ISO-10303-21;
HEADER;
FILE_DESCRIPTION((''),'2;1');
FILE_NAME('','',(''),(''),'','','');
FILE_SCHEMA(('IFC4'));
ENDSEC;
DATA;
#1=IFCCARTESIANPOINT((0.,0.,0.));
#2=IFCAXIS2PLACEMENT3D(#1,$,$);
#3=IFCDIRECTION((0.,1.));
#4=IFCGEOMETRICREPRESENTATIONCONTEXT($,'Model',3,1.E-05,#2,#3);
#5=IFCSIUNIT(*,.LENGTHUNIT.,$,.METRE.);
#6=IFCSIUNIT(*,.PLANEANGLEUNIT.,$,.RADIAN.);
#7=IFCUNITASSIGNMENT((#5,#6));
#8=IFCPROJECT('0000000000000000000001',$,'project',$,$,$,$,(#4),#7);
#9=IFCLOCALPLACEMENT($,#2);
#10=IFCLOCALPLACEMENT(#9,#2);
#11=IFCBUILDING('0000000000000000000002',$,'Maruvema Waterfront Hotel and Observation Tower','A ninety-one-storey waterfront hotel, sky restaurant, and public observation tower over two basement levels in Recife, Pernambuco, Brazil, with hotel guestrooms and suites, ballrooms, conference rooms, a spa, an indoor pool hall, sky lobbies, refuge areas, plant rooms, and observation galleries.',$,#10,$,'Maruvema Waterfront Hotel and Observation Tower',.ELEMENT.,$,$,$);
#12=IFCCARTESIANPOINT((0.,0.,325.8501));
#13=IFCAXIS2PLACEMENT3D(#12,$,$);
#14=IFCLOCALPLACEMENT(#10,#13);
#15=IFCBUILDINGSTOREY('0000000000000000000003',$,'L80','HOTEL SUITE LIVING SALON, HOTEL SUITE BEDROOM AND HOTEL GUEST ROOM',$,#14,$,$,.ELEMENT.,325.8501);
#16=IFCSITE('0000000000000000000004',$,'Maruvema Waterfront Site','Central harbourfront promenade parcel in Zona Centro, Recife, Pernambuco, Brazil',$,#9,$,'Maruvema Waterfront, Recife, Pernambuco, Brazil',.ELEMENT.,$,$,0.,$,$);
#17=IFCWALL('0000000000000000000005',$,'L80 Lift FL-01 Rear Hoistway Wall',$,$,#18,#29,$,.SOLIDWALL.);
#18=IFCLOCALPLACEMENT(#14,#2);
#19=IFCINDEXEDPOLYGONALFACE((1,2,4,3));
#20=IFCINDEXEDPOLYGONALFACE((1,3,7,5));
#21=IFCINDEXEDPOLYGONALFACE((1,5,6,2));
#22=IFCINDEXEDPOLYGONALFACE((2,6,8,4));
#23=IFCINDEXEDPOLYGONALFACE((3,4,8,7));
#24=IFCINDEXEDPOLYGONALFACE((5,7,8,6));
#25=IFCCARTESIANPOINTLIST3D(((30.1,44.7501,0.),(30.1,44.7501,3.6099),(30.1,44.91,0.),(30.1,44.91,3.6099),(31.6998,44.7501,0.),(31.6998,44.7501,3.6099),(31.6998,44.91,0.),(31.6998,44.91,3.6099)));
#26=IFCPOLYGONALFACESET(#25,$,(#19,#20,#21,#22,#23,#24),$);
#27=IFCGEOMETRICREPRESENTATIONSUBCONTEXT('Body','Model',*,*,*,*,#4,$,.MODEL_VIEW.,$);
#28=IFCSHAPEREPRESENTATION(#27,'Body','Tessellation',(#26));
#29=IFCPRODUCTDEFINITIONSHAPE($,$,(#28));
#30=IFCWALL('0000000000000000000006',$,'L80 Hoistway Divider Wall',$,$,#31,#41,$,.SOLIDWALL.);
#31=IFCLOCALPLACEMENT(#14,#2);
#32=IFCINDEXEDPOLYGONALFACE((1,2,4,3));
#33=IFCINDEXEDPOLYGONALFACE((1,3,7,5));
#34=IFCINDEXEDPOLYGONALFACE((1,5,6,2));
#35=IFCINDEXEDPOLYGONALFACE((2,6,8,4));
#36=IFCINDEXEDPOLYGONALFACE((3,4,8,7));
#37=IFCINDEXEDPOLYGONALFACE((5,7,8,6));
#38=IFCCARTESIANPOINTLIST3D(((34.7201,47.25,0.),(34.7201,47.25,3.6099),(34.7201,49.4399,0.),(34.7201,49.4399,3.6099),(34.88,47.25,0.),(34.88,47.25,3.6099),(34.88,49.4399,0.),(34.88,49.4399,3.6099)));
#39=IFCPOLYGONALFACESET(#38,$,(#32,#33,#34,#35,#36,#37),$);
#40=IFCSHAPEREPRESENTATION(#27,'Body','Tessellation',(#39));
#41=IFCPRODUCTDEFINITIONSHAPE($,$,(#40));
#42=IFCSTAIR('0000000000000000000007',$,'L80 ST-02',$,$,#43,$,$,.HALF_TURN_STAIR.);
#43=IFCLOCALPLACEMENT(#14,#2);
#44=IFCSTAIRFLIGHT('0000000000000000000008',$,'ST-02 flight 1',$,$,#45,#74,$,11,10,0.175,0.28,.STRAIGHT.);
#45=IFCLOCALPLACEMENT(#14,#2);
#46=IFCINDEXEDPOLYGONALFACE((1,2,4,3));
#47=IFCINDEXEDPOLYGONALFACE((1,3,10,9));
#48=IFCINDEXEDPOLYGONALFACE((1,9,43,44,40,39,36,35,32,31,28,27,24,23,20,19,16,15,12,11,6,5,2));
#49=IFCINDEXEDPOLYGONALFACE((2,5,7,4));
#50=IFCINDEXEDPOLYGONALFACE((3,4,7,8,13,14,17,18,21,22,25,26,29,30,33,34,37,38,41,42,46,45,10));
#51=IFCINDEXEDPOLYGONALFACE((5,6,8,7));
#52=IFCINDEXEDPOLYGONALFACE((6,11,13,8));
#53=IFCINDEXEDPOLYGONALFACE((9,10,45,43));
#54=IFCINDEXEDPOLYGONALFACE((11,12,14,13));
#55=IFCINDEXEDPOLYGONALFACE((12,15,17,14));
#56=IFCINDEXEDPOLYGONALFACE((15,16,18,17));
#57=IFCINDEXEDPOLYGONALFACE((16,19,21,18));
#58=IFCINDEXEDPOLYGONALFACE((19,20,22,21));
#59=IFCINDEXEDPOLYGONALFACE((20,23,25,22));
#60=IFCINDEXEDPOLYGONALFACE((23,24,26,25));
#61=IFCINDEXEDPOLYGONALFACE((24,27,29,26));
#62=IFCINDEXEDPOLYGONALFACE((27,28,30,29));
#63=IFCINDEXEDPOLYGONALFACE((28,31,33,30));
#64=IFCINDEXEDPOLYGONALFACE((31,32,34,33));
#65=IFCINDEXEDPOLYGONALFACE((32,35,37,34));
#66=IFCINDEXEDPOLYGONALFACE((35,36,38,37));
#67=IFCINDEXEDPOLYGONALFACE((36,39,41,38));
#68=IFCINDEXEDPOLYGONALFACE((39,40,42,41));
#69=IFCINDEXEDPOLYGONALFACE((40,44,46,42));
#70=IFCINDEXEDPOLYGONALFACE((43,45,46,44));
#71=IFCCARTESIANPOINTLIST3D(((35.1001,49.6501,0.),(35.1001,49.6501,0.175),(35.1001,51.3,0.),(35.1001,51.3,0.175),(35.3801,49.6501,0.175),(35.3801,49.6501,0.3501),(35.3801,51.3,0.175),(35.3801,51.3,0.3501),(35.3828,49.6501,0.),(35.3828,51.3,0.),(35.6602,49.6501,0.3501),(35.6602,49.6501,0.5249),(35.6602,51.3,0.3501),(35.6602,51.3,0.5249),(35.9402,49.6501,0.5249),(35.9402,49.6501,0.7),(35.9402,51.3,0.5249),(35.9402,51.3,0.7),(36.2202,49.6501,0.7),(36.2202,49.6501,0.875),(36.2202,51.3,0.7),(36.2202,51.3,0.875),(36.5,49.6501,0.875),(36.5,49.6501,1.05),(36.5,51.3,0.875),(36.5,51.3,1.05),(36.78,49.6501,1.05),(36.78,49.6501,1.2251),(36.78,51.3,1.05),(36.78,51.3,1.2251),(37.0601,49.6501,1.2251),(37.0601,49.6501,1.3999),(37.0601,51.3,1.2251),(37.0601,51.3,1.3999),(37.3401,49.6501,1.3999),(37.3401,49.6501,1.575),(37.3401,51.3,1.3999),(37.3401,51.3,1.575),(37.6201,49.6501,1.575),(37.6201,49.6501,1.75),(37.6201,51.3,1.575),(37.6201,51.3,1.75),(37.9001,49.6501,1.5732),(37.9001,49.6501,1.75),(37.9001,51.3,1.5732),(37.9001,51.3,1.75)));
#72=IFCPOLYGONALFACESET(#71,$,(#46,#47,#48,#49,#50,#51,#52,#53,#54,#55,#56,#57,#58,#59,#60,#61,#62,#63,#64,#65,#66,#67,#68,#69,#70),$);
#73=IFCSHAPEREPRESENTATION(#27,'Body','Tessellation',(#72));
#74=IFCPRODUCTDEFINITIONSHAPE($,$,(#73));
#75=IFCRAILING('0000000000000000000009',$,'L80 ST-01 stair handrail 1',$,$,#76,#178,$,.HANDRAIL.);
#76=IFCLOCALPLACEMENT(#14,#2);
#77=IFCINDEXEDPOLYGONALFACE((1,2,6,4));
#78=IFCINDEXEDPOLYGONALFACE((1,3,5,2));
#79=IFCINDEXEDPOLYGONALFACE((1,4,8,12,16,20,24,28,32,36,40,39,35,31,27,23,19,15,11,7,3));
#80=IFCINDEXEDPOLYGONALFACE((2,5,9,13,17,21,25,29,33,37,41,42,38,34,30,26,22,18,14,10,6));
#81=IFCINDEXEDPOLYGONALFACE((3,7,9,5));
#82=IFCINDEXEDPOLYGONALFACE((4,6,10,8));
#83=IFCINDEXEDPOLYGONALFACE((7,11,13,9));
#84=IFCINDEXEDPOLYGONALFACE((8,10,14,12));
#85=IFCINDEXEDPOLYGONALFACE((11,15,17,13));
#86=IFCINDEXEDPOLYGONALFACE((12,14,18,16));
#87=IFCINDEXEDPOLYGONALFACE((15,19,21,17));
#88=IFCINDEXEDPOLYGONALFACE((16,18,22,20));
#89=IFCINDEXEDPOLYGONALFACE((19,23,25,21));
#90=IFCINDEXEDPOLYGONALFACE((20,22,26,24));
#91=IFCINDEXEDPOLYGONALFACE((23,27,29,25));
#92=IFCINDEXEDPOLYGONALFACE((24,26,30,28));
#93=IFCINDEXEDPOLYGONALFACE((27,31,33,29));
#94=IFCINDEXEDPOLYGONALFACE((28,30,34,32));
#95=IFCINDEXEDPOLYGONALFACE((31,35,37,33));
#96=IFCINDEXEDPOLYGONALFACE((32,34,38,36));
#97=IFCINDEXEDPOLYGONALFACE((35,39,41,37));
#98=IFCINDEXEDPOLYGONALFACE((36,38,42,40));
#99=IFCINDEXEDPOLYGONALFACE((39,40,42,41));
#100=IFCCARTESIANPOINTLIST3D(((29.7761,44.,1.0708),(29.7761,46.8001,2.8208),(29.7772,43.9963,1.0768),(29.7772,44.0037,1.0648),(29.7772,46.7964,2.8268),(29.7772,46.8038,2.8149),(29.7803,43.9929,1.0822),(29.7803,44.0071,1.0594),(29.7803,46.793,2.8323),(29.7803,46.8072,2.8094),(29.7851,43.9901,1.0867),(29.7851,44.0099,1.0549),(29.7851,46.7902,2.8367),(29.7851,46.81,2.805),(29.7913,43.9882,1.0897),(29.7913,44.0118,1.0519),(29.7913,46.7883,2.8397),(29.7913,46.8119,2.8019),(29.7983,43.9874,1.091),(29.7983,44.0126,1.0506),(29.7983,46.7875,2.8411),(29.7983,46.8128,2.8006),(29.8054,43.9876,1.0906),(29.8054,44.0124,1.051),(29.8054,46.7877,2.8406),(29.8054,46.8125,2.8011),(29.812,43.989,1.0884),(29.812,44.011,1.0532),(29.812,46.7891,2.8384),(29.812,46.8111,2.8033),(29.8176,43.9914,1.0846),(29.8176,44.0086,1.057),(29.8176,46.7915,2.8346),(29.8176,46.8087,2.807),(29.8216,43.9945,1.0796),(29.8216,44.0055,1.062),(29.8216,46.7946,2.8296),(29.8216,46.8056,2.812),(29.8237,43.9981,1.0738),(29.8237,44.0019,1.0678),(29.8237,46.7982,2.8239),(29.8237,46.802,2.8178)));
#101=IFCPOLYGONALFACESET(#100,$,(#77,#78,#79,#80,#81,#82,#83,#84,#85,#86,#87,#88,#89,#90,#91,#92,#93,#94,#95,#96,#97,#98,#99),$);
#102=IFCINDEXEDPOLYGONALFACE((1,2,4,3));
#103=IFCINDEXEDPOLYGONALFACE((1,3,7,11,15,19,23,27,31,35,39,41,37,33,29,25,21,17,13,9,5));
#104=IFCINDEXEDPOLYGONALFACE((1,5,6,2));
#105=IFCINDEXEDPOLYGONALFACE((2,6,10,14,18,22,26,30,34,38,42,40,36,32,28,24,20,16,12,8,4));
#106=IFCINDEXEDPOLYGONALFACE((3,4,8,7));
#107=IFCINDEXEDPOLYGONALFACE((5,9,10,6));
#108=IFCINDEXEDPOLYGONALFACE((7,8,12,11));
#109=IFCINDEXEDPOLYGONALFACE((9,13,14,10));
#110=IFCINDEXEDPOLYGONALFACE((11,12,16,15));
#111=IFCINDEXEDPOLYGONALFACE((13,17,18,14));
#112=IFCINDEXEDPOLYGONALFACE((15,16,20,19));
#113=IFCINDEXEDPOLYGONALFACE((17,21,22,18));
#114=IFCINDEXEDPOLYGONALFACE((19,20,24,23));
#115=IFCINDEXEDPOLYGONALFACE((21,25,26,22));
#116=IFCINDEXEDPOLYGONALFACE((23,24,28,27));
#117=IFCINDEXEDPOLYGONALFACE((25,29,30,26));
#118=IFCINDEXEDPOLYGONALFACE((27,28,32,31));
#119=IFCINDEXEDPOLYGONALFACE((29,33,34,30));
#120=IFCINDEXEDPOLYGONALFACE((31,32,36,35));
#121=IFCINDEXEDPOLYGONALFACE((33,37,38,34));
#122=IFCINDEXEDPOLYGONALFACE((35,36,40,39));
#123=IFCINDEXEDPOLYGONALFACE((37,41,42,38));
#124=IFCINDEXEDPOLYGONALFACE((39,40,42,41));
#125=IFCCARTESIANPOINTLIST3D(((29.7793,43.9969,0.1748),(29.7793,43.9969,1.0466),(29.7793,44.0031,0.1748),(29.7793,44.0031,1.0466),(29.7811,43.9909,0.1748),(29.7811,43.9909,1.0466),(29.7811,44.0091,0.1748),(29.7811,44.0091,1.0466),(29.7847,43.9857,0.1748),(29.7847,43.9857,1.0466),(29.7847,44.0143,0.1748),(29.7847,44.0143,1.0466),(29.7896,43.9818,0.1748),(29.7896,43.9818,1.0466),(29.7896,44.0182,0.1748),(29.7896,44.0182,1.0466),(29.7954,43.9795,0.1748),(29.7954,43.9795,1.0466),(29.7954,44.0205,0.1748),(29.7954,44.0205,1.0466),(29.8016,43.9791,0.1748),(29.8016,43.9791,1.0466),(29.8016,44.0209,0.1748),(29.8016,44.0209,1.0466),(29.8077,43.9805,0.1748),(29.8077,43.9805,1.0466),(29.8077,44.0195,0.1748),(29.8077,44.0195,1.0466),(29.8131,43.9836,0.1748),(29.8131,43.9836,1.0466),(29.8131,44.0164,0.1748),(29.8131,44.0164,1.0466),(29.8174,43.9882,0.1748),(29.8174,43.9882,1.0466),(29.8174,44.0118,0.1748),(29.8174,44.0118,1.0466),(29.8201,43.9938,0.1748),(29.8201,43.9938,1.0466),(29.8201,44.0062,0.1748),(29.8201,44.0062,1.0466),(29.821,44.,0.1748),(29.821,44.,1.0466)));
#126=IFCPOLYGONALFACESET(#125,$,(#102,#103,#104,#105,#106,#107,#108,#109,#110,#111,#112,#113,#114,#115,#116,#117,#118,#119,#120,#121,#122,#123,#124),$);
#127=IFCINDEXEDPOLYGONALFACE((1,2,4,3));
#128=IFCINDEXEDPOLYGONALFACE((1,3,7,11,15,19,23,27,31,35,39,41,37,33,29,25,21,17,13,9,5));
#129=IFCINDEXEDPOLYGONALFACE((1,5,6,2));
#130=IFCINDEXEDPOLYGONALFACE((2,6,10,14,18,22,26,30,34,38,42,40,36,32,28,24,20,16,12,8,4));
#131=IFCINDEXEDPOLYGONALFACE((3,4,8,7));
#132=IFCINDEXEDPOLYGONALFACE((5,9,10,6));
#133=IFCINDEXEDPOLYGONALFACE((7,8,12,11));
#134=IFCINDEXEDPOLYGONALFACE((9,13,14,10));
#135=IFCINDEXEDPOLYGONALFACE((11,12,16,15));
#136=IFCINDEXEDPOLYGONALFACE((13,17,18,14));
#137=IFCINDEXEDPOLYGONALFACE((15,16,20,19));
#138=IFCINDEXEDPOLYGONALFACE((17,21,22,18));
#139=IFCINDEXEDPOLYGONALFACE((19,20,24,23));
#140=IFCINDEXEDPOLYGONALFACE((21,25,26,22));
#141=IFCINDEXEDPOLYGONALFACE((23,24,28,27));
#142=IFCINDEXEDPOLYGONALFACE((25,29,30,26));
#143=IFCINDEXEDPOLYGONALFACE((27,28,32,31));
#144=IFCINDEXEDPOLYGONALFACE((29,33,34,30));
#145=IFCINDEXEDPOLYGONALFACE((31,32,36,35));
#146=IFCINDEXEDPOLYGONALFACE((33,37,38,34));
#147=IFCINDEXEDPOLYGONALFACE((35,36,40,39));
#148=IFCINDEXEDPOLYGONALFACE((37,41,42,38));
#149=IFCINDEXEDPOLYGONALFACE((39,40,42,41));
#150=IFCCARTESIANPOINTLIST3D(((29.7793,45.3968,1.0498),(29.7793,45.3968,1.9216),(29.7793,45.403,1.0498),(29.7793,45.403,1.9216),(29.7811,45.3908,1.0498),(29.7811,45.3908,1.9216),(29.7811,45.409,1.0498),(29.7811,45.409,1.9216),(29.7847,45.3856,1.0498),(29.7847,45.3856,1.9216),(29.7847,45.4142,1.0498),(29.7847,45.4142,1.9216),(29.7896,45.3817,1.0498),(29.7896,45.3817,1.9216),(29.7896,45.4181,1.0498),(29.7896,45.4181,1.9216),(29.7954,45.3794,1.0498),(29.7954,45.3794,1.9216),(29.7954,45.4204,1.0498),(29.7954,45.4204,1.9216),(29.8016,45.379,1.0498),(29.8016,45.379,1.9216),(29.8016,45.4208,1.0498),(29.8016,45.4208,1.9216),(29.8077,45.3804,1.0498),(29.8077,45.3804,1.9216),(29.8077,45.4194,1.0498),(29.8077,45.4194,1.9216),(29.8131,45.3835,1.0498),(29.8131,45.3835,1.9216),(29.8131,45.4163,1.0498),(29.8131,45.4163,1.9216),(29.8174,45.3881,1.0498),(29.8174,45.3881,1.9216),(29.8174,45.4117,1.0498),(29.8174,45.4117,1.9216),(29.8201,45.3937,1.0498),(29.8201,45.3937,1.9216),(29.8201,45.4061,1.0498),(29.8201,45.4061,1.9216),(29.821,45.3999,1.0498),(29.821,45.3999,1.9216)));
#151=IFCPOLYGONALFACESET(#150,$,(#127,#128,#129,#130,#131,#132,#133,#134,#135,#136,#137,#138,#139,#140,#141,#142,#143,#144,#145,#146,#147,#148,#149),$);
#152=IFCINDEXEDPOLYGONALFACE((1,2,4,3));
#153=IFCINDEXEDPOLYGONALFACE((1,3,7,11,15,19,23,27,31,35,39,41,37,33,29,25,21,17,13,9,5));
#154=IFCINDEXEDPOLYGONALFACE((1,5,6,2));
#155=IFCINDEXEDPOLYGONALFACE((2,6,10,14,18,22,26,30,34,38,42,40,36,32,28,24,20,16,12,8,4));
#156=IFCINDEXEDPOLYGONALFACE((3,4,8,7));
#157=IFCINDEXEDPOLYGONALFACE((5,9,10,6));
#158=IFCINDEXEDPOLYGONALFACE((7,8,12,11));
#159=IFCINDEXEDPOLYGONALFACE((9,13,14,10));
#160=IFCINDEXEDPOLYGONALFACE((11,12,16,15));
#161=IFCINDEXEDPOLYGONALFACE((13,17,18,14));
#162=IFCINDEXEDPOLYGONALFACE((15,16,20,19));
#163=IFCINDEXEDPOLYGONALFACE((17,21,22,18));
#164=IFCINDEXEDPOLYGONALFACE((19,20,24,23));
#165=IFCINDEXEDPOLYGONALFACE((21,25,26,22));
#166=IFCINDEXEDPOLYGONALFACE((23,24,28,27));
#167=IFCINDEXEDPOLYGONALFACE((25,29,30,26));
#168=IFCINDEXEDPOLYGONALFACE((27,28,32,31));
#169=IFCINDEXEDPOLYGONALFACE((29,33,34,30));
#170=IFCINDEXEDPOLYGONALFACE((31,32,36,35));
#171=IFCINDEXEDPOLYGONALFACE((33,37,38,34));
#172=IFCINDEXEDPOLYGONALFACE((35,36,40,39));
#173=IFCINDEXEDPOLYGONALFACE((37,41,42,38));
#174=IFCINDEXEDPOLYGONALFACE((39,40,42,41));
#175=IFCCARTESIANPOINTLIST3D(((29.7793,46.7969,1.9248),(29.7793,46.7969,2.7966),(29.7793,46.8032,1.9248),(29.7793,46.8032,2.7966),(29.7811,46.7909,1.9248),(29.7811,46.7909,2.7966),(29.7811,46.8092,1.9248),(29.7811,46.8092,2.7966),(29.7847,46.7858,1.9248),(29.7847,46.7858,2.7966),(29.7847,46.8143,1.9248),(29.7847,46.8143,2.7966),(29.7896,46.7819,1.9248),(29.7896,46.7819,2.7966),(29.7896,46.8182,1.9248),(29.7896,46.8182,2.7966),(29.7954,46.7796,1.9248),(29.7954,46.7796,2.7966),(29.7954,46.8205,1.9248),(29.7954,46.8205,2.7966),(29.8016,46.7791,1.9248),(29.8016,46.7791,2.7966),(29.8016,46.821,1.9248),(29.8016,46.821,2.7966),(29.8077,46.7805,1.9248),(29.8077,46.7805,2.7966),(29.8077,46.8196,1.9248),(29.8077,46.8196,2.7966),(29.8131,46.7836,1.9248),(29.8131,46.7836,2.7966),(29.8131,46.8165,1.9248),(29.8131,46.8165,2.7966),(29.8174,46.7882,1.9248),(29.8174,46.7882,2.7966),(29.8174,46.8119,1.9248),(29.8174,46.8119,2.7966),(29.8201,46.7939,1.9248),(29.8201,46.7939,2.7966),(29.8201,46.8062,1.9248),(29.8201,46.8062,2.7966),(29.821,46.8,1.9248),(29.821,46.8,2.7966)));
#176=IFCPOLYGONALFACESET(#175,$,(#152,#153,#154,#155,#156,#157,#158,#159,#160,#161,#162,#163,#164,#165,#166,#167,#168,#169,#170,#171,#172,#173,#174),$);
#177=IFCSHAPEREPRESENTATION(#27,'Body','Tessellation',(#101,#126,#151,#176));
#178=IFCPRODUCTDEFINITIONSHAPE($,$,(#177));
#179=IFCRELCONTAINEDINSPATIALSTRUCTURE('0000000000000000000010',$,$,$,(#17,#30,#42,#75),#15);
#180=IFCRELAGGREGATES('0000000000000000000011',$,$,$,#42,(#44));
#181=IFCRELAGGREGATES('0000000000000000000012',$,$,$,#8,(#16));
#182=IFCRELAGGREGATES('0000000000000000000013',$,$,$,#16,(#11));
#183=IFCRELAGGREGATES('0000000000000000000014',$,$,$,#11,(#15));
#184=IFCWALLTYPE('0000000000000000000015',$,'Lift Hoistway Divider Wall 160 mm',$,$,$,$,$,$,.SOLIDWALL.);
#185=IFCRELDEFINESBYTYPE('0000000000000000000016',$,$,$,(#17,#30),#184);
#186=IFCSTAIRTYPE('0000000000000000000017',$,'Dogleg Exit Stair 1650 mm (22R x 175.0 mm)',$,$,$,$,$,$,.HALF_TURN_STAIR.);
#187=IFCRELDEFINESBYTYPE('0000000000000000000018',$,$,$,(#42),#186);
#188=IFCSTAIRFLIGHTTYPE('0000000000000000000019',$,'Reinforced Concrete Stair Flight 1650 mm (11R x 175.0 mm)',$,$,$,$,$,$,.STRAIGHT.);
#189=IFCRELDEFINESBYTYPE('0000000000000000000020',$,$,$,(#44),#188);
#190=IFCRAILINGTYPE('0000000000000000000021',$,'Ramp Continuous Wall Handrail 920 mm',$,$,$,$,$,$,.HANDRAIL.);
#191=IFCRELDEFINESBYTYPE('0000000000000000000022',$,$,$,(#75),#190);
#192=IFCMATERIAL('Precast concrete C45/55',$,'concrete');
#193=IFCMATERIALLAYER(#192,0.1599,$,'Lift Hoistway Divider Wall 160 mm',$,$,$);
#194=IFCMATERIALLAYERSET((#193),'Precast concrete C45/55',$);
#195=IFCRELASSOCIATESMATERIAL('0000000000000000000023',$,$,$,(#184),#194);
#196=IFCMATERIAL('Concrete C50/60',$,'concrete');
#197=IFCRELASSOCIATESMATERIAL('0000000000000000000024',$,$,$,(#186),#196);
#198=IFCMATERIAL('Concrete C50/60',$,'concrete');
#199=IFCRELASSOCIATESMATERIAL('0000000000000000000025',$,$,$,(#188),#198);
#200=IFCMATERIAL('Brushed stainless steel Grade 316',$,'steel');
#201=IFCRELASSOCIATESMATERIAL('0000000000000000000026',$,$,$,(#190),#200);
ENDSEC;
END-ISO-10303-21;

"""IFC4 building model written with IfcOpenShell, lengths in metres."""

from ifc_helpers import new_model, si_unit, direction, frame, frame_2d, origin, origin_2d, place, context, subcontext, project, spatial, polyline, rectangle, circle, outline, extrude, material, layer, layer_set, type_object, element, aggregate, save


model = new_model("IFC4")

# Units and contexts
model_context = context("Model", 3, precision=1e-05, world=origin(), true_north=direction((0.0, 1.0)))
body_context = subcontext(model_context, "Body", "Model", "MODEL_VIEW")
ifc_project = project(units=[si_unit("LENGTHUNIT", "METRE"), si_unit("PLANEANGLEUNIT", "RADIAN")], contexts=[model_context])

# Site, building, storey
site_placement = place(None, origin())
site = spatial("IfcSite", under=ifc_project, at=site_placement, Name="Maruvema Waterfront Site", Description="Central harbourfront promenade parcel in Zona Centro, Recife, Pernambuco, Brazil", LongName="Maruvema Waterfront, Recife, Pernambuco, Brazil", CompositionType="ELEMENT", RefElevation=0.0)
building_placement = place(site_placement, origin())
building = spatial("IfcBuilding", under=site, at=building_placement, Name="Maruvema Waterfront Hotel and Observation Tower", Description="A ninety-one-storey waterfront hotel, sky restaurant, and public observation tower over two basement levels in Recife, Pernambuco, Brazil, with hotel guestrooms and suites, ballrooms, conference rooms, a spa, an indoor pool hall, sky lobbies, refuge areas, plant rooms, and observation galleries.", LongName="Maruvema Waterfront Hotel and Observation Tower", CompositionType="ELEMENT")
storey_placement = place(building_placement, frame((0.0, 0.0, 325.8501)))
storey = spatial("IfcBuildingStorey", under=building, at=storey_placement, Name="L80", Description="HOTEL SUITE LIVING SALON, HOTEL SUITE BEDROOM AND HOTEL GUEST ROOM", CompositionType="ELEMENT", Elevation=325.8501)

# Walls
ifc_material_1 = material(Name="Precast concrete C45/55", Category="concrete")
ifc_layer_1 = layer(ifc_material_1, 0.1599, Name="Lift Hoistway Divider Wall 160 mm")
ifc_layer_set_1 = layer_set([ifc_layer_1], Name="Precast concrete C45/55")
wall_type_1 = type_object("IfcWallType", Name="Lift Hoistway Divider Wall 160 mm", PredefinedType="SOLIDWALL", material=ifc_layer_set_1)
wall_1_placement = place(storey_placement, frame((30.1001, 44.8301, 0.0), z_axis=(0.0, 0.0, 1.0), x_axis=(1.0, 0.0, 0.0)))
element("IfcWall", 1, at=wall_1_placement, inside=storey, type_object=wall_type_1, Name="L80 Lift FL-01 Rear Hoistway Wall", PredefinedType="SOLIDWALL", context=body_context, shape_type="SweptSolid", body=[
    extrude(rectangle(XDim=1.5999, YDim=0.1599, at=frame_2d((0.7998, 0.0))), origin(), (0.0, 0.0, 1.0), 3.6099),
])
wall_2_placement = place(storey_placement, frame((34.8, 47.25, 0.0), z_axis=(0.0, 0.0, 1.0), x_axis=(0.0, 1.0, 0.0)))
element("IfcWall", 2, at=wall_2_placement, inside=storey, type_object=wall_type_1, Name="L80 Hoistway Divider Wall", PredefinedType="SOLIDWALL", context=body_context, shape_type="SweptSolid", body=[
    extrude(rectangle(XDim=2.1899, YDim=0.1599, at=frame_2d((1.095, 0.0))), origin(), (0.0, 0.0, 1.0), 3.6099),
])

# Stair, stair flight
ifc_material_2 = material(Name="Concrete C50/60", Category="concrete")
stair_type = type_object("IfcStairType", Name="Dogleg Exit Stair 1650 mm (22R x 175.0 mm)", PredefinedType="HALF_TURN_STAIR", material=ifc_material_2)
stair_placement = place(storey_placement, origin())
stair = element("IfcStair", 3, at=stair_placement, inside=storey, type_object=stair_type, Name="L80 ST-02", PredefinedType="HALF_TURN_STAIR")
ifc_material_3 = material(Name="Concrete C50/60", Category="concrete")
stair_flight_type = type_object("IfcStairFlightType", Name="Reinforced Concrete Stair Flight 1650 mm (11R x 175.0 mm)", PredefinedType="STRAIGHT", material=ifc_material_3)
stair_flight_placement = place(storey_placement, frame((35.1001, 50.4751, 0.0), z_axis=(0.0, 0.0, 1.0), x_axis=(1.0, 0.0, 0.0)))
stair_flight = element("IfcStairFlight", 4, at=stair_flight_placement, type_object=stair_flight_type, Name="ST-02 flight 1", NumberOfRisers=11, NumberOfTreads=10, PredefinedType="STRAIGHT", RiserHeight=0.175, TreadLength=0.28, context=body_context, shape_type="SweptSolid", body=[
    extrude(outline(polyline([(0.0, 0.0), (0.0, 0.175), (0.28, 0.175), (0.28, 0.3501), (0.5601, 0.3501), (0.5601, 0.5249), (0.8401, 0.5249), (0.8401, 0.7), (1.1201, 0.7), (1.1201, 0.875), (1.3999, 0.875), (1.3999, 1.05), (1.6799, 1.05), (1.6799, 1.2251), (1.96, 1.2251), (1.96, 1.3999), (2.24, 1.3999), (2.24, 1.575), (2.52, 1.575), (2.52, 1.75), (2.8, 1.75), (2.8, 1.925), (2.8, 1.5732), (0.2827, 0.0), (0.0, 0.0)])), frame((0.0, 0.825, 0.0), z_axis=(0.0, -1.0, 0.0), x_axis=(1.0, 0.0, 0.0)), (0.0, 0.0, 1.0), 1.6499),
])
aggregate(stair, [stair_flight])

# Railing
ifc_material_4 = material(Name="Brushed stainless steel Grade 316", Category="steel")
railing_type_1 = type_object("IfcRailingType", Name="Ramp Continuous Wall Handrail 920 mm", PredefinedType="HANDRAIL", material=ifc_material_4)
railing_1_placement = place(storey_placement, frame((29.8, 44.0, 0.1748)))
element("IfcRailing", 5, at=railing_1_placement, inside=storey, type_object=railing_type_1, Name="L80 ST-01 stair handrail 1", PredefinedType="HANDRAIL", context=body_context, shape_type="SweptSolid", body=[
    extrude(circle(Radius=0.0239, at=origin_2d()), frame((0.0, 0.0, 0.896), z_axis=(0.0, 0.848002, 0.529992), x_axis=(-1.0, 0.0, 0.0)), (0.0, 0.0, 1.0), 3.302),
    extrude(circle(Radius=0.021, at=origin_2d()), origin(), (0.0, 0.0, 1.0), 0.8718),
    extrude(circle(Radius=0.021, at=origin_2d()), frame((0.0, 1.3999, 0.875)), (0.0, 0.0, 1.0), 0.8718),
    extrude(circle(Radius=0.021, at=origin_2d()), frame((0.0, 2.8, 1.75)), (0.0, 0.0, 1.0), 0.8718),
])

save(model, "model.ifc")
